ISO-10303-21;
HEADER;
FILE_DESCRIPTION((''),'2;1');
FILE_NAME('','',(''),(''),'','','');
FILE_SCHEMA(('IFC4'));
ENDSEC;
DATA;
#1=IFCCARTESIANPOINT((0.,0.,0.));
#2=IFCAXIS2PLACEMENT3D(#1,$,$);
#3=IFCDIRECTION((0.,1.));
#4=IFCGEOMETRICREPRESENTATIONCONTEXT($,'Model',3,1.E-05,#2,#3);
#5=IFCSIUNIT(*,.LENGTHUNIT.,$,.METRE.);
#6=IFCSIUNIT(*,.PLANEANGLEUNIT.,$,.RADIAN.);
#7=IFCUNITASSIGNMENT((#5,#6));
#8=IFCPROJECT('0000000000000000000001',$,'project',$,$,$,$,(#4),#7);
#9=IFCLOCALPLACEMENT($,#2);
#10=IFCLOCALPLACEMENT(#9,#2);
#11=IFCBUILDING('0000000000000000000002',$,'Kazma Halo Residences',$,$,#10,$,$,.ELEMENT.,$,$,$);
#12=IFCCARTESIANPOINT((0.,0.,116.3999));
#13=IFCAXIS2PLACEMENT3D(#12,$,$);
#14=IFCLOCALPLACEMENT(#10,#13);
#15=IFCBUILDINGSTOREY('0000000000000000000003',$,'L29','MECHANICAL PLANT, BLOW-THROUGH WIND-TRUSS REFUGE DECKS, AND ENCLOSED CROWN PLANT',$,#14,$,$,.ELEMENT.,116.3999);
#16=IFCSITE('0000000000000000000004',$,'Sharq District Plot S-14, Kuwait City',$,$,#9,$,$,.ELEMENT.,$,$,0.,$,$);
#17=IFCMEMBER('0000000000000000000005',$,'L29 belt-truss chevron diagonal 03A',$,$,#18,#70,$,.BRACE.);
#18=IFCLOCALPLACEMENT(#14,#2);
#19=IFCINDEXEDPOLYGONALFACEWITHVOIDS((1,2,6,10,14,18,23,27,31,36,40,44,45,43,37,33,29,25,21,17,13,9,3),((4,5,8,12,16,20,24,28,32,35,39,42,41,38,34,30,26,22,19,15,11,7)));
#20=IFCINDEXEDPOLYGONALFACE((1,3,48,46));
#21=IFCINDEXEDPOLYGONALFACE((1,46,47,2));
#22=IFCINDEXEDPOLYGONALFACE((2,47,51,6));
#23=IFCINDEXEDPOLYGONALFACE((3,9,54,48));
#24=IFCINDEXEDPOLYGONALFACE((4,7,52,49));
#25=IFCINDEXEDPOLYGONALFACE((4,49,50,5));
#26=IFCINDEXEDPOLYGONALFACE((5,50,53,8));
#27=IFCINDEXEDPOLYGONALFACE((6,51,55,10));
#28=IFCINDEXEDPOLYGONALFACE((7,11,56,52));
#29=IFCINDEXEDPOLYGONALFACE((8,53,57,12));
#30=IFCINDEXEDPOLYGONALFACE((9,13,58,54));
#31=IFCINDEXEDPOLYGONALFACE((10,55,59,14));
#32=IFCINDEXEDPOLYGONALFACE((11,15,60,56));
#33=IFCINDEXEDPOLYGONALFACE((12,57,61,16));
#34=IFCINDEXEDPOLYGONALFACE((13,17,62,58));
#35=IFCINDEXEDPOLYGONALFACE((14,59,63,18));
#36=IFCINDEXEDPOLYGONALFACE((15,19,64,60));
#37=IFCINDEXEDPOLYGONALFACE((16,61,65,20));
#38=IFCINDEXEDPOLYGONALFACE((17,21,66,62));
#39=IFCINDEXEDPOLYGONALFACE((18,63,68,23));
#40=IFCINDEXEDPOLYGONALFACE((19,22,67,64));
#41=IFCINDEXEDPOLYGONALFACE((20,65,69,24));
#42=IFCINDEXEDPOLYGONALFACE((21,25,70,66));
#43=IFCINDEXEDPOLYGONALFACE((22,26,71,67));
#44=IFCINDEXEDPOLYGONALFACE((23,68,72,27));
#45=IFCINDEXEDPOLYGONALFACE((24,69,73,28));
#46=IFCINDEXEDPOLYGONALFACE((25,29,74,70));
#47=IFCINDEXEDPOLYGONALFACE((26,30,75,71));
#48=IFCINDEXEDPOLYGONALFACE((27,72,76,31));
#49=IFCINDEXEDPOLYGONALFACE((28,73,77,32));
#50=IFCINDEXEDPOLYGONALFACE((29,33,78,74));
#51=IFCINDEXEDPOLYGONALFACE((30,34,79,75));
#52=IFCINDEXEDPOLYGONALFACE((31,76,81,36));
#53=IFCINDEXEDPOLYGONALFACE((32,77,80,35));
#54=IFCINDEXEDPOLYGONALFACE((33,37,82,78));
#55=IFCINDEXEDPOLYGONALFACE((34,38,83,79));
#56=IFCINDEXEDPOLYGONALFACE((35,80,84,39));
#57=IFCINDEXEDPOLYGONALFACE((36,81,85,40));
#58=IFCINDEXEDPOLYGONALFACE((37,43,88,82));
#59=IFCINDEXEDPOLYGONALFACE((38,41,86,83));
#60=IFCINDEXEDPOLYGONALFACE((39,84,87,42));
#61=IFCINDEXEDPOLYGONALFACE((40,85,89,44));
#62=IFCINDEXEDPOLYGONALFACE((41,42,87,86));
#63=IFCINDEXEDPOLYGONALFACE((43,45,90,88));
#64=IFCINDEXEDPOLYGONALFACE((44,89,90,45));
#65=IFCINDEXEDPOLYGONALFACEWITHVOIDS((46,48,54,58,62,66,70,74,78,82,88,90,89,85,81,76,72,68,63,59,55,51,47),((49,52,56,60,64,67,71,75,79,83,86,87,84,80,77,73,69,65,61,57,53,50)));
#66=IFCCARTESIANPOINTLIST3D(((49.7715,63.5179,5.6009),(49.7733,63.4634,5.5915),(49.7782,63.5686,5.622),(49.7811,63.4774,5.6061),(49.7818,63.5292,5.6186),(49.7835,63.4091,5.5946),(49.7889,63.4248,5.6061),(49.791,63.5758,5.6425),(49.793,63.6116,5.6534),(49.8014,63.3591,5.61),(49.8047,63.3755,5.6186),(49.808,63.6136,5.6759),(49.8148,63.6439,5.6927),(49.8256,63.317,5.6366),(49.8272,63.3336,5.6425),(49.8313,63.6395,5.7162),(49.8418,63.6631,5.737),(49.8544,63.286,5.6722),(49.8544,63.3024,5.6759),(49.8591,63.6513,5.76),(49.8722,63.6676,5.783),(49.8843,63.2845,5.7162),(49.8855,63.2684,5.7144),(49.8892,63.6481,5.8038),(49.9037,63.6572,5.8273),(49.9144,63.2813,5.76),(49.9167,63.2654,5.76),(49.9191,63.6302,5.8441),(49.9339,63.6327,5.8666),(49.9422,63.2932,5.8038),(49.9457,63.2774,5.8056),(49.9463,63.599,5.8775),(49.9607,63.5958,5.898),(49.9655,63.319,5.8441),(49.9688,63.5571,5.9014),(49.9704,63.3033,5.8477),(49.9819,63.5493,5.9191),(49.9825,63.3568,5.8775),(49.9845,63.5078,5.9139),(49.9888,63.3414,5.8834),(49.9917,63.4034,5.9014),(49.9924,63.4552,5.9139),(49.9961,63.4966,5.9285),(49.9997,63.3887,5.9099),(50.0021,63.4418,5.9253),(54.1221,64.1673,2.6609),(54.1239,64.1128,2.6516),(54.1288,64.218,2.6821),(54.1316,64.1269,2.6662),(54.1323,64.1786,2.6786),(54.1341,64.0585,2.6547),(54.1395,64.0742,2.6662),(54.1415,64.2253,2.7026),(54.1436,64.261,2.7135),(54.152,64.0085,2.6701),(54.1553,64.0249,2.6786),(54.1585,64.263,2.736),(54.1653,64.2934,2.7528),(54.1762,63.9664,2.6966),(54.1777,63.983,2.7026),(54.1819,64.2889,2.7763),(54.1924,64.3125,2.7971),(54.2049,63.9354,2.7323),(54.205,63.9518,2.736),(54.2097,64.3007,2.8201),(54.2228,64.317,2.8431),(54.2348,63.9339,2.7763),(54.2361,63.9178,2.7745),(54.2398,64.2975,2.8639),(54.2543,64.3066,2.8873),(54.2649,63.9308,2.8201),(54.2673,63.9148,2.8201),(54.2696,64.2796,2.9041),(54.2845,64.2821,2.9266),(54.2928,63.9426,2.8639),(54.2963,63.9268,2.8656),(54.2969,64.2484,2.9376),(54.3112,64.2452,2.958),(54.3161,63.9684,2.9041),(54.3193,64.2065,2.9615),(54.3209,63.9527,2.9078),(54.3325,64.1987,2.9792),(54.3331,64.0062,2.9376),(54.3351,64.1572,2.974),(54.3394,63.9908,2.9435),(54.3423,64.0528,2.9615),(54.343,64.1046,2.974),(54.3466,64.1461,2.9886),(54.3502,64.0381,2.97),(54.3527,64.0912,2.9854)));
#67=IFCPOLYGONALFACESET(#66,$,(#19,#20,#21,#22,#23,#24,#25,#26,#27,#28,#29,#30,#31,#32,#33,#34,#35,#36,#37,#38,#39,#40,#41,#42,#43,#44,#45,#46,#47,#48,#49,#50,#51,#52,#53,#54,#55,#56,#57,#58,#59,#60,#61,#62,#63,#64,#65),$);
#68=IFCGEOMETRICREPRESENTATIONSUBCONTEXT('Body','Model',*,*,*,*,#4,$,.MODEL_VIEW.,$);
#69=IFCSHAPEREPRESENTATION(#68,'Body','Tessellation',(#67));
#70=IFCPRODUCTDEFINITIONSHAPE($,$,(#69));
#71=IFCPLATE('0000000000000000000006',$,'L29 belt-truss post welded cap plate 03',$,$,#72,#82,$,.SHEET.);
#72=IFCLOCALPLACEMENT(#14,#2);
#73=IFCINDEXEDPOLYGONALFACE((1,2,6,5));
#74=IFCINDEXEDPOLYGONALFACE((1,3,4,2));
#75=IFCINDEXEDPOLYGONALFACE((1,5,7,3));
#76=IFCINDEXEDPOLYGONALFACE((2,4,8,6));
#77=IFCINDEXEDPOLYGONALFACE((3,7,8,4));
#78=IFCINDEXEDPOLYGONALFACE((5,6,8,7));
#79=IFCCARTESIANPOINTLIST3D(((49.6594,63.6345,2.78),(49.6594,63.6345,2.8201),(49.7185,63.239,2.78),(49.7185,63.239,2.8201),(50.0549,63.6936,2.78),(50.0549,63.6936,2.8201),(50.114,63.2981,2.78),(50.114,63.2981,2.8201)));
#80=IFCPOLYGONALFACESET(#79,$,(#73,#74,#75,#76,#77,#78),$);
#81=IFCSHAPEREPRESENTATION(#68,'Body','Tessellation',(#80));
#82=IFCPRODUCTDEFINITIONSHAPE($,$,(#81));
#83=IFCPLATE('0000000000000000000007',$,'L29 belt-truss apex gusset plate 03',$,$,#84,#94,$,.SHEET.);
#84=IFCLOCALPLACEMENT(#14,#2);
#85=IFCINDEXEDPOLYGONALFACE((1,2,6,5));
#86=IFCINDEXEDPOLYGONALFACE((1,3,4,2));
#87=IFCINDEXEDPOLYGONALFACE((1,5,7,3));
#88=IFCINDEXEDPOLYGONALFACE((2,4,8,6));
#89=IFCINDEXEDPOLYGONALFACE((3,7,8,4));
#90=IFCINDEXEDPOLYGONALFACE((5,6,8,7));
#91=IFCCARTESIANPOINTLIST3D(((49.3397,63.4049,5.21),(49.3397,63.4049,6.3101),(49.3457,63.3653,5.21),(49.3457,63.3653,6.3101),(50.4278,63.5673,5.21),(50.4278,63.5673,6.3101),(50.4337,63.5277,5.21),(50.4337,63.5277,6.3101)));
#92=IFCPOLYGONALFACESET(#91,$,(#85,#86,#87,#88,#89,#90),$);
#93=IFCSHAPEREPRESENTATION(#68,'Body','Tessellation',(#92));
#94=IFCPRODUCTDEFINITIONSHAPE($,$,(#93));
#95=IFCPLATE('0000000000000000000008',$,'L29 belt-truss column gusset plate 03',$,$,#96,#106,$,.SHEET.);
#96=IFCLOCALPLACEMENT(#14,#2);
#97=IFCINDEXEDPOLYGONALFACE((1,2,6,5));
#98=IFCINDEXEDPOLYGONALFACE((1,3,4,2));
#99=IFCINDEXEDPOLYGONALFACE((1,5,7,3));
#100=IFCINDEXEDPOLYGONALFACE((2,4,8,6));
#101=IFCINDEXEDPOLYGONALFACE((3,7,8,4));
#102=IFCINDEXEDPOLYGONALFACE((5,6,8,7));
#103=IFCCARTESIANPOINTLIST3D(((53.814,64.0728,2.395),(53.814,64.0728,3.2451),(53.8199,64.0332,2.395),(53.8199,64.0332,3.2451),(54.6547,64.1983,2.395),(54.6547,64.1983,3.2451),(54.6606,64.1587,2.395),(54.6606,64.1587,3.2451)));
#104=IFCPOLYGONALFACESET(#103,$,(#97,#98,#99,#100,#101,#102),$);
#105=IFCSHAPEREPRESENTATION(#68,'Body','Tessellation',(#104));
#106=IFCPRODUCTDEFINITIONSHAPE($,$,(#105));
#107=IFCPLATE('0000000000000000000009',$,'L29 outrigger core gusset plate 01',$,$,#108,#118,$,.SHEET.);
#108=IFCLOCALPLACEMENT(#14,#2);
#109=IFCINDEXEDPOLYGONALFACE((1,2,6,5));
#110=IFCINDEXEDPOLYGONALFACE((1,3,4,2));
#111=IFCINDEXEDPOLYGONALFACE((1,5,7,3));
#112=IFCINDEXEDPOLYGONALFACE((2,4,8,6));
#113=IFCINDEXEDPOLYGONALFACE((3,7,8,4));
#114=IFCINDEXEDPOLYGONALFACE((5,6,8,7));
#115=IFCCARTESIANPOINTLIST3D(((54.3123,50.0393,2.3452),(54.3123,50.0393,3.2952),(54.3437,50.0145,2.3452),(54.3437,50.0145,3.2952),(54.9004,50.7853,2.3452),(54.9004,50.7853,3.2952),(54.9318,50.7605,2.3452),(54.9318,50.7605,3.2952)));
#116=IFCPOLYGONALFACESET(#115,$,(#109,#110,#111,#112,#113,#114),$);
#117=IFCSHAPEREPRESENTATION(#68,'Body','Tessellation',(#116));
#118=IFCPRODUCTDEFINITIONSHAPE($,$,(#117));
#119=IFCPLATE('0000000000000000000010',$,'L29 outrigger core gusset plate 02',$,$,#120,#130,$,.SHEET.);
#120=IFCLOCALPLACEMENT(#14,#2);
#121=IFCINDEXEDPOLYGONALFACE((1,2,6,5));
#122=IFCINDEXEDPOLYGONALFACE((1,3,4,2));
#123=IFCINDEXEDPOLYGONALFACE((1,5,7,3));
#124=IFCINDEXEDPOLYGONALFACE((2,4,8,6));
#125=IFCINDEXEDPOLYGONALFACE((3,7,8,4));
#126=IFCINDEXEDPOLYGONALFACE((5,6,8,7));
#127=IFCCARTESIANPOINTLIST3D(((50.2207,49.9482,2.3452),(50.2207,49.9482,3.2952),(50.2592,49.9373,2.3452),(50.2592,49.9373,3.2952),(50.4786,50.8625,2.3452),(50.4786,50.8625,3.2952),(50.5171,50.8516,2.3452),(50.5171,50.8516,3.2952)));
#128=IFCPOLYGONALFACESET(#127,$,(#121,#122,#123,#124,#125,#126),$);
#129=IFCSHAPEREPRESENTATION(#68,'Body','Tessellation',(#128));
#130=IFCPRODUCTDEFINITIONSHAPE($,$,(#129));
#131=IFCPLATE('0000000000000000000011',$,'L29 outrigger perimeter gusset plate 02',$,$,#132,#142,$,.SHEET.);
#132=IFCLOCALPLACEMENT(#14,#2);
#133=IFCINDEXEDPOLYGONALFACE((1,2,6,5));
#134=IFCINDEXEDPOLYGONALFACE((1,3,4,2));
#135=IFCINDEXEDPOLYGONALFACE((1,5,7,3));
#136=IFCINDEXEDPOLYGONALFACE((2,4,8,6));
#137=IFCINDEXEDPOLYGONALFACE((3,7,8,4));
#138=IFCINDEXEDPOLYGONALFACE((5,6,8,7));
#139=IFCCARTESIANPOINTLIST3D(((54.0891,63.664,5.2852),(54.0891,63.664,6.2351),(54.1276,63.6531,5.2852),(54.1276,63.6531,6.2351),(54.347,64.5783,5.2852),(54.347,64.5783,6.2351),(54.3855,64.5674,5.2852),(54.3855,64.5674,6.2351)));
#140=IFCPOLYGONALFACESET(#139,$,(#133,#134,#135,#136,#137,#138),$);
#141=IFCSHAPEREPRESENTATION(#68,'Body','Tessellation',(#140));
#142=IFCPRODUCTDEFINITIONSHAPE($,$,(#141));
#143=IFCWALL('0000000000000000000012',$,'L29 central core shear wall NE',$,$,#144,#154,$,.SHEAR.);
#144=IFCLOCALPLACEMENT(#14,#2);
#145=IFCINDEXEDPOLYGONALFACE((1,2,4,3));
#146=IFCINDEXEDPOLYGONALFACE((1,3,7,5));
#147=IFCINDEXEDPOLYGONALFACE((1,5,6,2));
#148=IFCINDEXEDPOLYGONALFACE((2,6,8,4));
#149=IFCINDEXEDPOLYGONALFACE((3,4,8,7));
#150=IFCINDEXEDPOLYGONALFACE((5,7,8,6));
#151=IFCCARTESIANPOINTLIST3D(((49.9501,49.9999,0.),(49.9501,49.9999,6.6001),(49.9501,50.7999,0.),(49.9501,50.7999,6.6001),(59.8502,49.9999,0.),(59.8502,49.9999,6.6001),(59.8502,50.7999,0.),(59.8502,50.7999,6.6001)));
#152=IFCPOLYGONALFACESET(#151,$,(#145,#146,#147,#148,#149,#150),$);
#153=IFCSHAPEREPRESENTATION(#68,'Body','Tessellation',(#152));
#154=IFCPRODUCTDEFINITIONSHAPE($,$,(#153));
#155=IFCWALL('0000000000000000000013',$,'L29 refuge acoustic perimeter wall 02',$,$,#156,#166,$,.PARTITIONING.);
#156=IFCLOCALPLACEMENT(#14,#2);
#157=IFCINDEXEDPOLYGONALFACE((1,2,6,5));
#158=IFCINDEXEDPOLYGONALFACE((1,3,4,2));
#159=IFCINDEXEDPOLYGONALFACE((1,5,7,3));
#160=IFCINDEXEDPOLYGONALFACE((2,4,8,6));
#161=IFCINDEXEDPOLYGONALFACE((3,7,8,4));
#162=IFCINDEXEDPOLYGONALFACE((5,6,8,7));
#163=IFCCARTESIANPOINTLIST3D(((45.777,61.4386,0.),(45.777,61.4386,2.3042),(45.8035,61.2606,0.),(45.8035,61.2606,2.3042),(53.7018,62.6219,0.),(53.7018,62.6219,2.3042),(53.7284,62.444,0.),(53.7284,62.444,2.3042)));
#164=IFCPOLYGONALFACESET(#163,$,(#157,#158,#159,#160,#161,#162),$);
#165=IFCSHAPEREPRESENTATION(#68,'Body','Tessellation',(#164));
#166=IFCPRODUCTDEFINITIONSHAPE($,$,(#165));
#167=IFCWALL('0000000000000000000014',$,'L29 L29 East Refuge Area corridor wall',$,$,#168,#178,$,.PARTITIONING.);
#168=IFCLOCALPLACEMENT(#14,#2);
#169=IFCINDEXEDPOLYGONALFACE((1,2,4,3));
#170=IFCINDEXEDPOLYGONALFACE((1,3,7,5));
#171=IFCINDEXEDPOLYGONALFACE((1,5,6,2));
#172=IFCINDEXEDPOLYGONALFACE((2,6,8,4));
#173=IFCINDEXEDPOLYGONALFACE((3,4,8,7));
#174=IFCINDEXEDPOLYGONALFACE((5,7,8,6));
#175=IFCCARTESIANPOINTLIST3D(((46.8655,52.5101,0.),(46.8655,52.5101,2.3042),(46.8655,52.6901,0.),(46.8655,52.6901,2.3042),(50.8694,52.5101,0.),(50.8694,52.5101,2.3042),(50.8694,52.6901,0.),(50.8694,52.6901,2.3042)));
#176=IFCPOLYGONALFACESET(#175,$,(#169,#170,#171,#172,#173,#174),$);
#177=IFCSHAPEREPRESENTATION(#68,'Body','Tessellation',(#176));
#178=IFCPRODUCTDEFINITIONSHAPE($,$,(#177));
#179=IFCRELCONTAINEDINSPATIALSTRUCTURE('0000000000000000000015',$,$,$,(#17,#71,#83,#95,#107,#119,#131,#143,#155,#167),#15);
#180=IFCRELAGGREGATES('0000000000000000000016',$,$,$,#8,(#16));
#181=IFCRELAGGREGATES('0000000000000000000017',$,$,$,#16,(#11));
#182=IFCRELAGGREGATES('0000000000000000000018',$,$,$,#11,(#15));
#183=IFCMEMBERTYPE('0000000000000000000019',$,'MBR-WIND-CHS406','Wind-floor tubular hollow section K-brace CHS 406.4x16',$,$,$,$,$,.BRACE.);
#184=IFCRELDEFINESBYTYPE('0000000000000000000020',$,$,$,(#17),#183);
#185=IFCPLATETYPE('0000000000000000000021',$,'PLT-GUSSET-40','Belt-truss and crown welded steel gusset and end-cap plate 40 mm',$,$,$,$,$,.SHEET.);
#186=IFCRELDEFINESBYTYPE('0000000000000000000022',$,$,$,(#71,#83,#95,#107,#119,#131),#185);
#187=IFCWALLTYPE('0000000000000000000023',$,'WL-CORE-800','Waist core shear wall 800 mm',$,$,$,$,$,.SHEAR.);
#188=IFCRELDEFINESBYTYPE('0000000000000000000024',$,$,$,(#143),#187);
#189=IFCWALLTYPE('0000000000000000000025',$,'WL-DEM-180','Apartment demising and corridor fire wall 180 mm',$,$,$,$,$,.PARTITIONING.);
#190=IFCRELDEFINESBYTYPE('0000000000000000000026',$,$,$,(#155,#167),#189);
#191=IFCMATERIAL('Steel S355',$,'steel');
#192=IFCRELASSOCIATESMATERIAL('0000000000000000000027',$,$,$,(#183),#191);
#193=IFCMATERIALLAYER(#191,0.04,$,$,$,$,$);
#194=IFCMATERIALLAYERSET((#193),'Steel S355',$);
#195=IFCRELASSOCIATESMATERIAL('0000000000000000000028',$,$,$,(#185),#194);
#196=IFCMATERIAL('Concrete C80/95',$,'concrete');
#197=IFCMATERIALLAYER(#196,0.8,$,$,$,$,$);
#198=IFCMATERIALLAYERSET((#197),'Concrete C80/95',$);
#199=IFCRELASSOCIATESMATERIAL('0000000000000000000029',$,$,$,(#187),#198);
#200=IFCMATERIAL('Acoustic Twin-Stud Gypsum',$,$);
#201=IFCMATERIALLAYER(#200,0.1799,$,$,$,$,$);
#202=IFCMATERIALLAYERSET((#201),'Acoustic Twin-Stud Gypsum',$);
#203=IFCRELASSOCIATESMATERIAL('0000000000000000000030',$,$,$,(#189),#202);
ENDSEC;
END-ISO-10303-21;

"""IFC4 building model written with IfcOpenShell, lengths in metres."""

from ifc_helpers import new_model, si_unit, direction, frame, frame_2d, origin, origin_2d, place, context, subcontext, project, spatial, rectangle, hollow_circle, extrude, material, layer, layer_set, material_profile, profile_set, type_object, element, save


model = new_model("IFC4")

# Units and contexts
model_context = context("Model", 3, precision=1e-05, world=origin(), true_north=direction((0.0, 1.0)))
body_context = subcontext(model_context, "Body", "Model", "MODEL_VIEW")
ifc_project = project(units=[si_unit("LENGTHUNIT", "METRE"), si_unit("PLANEANGLEUNIT", "RADIAN")], contexts=[model_context])

# Site, building, storey
site_placement = place(None, origin())
site = spatial("IfcSite", under=ifc_project, at=site_placement, Name="Sharq District Plot S-14, Kuwait City", CompositionType="ELEMENT", RefElevation=0.0)
building_placement = place(site_placement, origin())
building = spatial("IfcBuilding", under=site, at=building_placement, Name="Kazma Halo Residences", CompositionType="ELEMENT")
storey_placement = place(building_placement, frame((0.0, 0.0, 116.3999)))
storey = spatial("IfcBuildingStorey", under=building, at=storey_placement, Name="L29", Description="MECHANICAL PLANT, BLOW-THROUGH WIND-TRUSS REFUGE DECKS, AND ENCLOSED CROWN PLANT", CompositionType="ELEMENT", Elevation=116.3999)

# Shared definitions
ifc_material_1 = material(Name="Concrete C80/95", Category="concrete")

# Shared definitions
ifc_material_2 = material(Name="Steel S355", Category="steel")

# Member
ifc_material_profile_1 = material_profile(ifc_material_2, hollow_circle(Radius=0.2031, WallThickness=0.0161, at=origin_2d()), Name="CHS406.4x16")
ifc_profile_set_1 = profile_set([ifc_material_profile_1], Name="Steel S355")
member_type_1 = type_object("IfcMemberType", Name="MBR-WIND-CHS406", Description="Wind-floor tubular hollow section K-brace CHS 406.4x16", PredefinedType="BRACE", material=ifc_profile_set_1)
member_1_placement = place(storey_placement, frame((54.2373, 64.1157, 2.8201), z_axis=(-0.822292, -0.122744, 0.55567), x_axis=(0.147635, -0.989042, 0.0)))
element("IfcMember", 1, at=member_1_placement, inside=storey, type_object=member_type_1, Name="L29 belt-truss chevron diagonal 03A", PredefinedType="BRACE", context=body_context, shape_type="SweptSolid", body=[
    extrude(hollow_circle(Radius=0.2031, WallThickness=0.0161, at=origin_2d()), origin(), (0.0, 0.0, 1.0), 5.2908),
])

# Plates
ifc_layer_1 = layer(ifc_material_2, 0.04)
ifc_layer_set_1 = layer_set([ifc_layer_1], Name="Steel S355")
plate_type = type_object("IfcPlateType", Name="PLT-GUSSET-40", Description="Belt-truss and crown welded steel gusset and end-cap plate 40 mm", PredefinedType="SHEET", material=ifc_layer_set_1)
plate_1_placement = place(storey_placement, frame((49.8867, 63.4663, 2.78), z_axis=(0.0, 0.0, 1.0), x_axis=(-0.989036, -0.147677, 0.0)))
element("IfcPlate", 2, at=plate_1_placement, inside=storey, type_object=plate_type, Name="L29 belt-truss post welded cap plate 03", PredefinedType="SHEET", context=body_context, shape_type="SweptSolid", body=[
    extrude(rectangle(XDim=0.3999, YDim=0.3999, at=origin_2d()), origin(), (0.0, 0.0, 1.0), 0.04),
])
plate_2_placement = place(storey_placement, frame((49.8867, 63.4663, 5.21), z_axis=(0.0, 0.0, 1.0), x_axis=(-0.989036, -0.147677, 0.0)))
element("IfcPlate", 3, at=plate_2_placement, inside=storey, type_object=plate_type, Name="L29 belt-truss apex gusset plate 03", PredefinedType="SHEET", context=body_context, shape_type="SweptSolid", body=[
    extrude(rectangle(XDim=1.1001, YDim=0.04, at=origin_2d()), origin(), (0.0, 0.0, 1.0), 1.1001),
])
plate_3_placement = place(storey_placement, frame((54.2373, 64.1157, 2.395), z_axis=(0.0, 0.0, 1.0), x_axis=(-0.989036, -0.147677, 0.0)))
element("IfcPlate", 4, at=plate_3_placement, inside=storey, type_object=plate_type, Name="L29 belt-truss column gusset plate 03", PredefinedType="SHEET", context=body_context, shape_type="SweptSolid", body=[
    extrude(rectangle(XDim=0.8501, YDim=0.04, at=origin_2d()), origin(), (0.0, 0.0, 1.0), 0.8501),
])
for number, where, z_axis, x_axis, name in (
    (5, (54.6221, 50.3999, 2.3452), (0.0, 0.0, 1.0), (0.619092, 0.785319, 0.0), "L29 outrigger core gusset plate 01"),
    (6, (50.3689, 50.3999, 2.3452), (0.0, 0.0, 1.0), (0.271443, 0.962454, 0.0), "L29 outrigger core gusset plate 02"),
    (7, (54.2373, 64.1157, 5.2852), (0.0, 0.0, 1.0), (0.271443, 0.962454, 0.0), "L29 outrigger perimeter gusset plate 02"),
):
    element("IfcPlate", number, at=place(storey_placement, frame(where, z_axis=z_axis, x_axis=x_axis)), inside=storey, type_object=plate_type, Name=name, PredefinedType="SHEET", context=body_context, shape_type="SweptSolid", body=[
        extrude(rectangle(XDim=0.95, YDim=0.04, at=origin_2d()), origin(), (0.0, 0.0, 1.0), 0.95),
    ])

# Walls
ifc_layer_2 = layer(ifc_material_1, 0.8)
ifc_layer_set_2 = layer_set([ifc_layer_2], Name="Concrete C80/95")
wall_type_1 = type_object("IfcWallType", Name="WL-CORE-800", Description="Waist core shear wall 800 mm", PredefinedType="SHEAR", material=ifc_layer_set_2)
wall_1_placement = place(storey_placement, frame((49.95, 50.3999, 0.0), z_axis=(0.0, 0.0, 1.0), x_axis=(1.0, 0.0, 0.0)))
element("IfcWall", 8, at=wall_1_placement, inside=storey, type_object=wall_type_1, Name="L29 central core shear wall NE", PredefinedType="SHEAR", context=body_context, shape_type="SweptSolid", body=[
    extrude(rectangle(XDim=9.9001, YDim=0.8, at=frame_2d((4.9502, 0.0))), origin(), (0.0, 0.0, 1.0), 6.6001),
])
ifc_material_3 = material(Name="Acoustic Twin-Stud Gypsum")
ifc_layer_3 = layer(ifc_material_3, 0.1799)
ifc_layer_set_3 = layer_set([ifc_layer_3], Name="Acoustic Twin-Stud Gypsum")
wall_type_2 = type_object("IfcWallType", Name="WL-DEM-180", Description="Apartment demising and corridor fire wall 180 mm", PredefinedType="PARTITIONING", material=ifc_layer_set_3)
wall_2_placement = place(storey_placement, frame((53.7151, 62.533, 0.0), z_axis=(0.0, 0.0, 1.0), x_axis=(-0.989034, -0.147685, 0.0)))
element("IfcWall", 9, at=wall_2_placement, inside=storey, type_object=wall_type_2, Name="L29 refuge acoustic perimeter wall 02", PredefinedType="PARTITIONING", context=body_context, shape_type="SweptSolid", body=[
    extrude(rectangle(XDim=8.0127, YDim=0.1799, at=frame_2d((4.0063, 0.0))), origin(), (0.0, 0.0, 1.0), 2.3042),
])

# Wall
wall_3_placement = place(storey_placement, frame((50.8694, 52.6001, 0.0), z_axis=(0.0, 0.0, 1.0), x_axis=(-1.0, 0.0, 0.0)))
element("IfcWall", 10, at=wall_3_placement, inside=storey, type_object=wall_type_2, Name="L29 L29 East Refuge Area corridor wall", PredefinedType="PARTITIONING", context=body_context, shape_type="SweptSolid", body=[
    extrude(rectangle(XDim=4.0039, YDim=0.1799, at=frame_2d((2.002, 0.0))), origin(), (0.0, 0.0, 1.0), 2.3042),
])

save(model, "model.ifc")
